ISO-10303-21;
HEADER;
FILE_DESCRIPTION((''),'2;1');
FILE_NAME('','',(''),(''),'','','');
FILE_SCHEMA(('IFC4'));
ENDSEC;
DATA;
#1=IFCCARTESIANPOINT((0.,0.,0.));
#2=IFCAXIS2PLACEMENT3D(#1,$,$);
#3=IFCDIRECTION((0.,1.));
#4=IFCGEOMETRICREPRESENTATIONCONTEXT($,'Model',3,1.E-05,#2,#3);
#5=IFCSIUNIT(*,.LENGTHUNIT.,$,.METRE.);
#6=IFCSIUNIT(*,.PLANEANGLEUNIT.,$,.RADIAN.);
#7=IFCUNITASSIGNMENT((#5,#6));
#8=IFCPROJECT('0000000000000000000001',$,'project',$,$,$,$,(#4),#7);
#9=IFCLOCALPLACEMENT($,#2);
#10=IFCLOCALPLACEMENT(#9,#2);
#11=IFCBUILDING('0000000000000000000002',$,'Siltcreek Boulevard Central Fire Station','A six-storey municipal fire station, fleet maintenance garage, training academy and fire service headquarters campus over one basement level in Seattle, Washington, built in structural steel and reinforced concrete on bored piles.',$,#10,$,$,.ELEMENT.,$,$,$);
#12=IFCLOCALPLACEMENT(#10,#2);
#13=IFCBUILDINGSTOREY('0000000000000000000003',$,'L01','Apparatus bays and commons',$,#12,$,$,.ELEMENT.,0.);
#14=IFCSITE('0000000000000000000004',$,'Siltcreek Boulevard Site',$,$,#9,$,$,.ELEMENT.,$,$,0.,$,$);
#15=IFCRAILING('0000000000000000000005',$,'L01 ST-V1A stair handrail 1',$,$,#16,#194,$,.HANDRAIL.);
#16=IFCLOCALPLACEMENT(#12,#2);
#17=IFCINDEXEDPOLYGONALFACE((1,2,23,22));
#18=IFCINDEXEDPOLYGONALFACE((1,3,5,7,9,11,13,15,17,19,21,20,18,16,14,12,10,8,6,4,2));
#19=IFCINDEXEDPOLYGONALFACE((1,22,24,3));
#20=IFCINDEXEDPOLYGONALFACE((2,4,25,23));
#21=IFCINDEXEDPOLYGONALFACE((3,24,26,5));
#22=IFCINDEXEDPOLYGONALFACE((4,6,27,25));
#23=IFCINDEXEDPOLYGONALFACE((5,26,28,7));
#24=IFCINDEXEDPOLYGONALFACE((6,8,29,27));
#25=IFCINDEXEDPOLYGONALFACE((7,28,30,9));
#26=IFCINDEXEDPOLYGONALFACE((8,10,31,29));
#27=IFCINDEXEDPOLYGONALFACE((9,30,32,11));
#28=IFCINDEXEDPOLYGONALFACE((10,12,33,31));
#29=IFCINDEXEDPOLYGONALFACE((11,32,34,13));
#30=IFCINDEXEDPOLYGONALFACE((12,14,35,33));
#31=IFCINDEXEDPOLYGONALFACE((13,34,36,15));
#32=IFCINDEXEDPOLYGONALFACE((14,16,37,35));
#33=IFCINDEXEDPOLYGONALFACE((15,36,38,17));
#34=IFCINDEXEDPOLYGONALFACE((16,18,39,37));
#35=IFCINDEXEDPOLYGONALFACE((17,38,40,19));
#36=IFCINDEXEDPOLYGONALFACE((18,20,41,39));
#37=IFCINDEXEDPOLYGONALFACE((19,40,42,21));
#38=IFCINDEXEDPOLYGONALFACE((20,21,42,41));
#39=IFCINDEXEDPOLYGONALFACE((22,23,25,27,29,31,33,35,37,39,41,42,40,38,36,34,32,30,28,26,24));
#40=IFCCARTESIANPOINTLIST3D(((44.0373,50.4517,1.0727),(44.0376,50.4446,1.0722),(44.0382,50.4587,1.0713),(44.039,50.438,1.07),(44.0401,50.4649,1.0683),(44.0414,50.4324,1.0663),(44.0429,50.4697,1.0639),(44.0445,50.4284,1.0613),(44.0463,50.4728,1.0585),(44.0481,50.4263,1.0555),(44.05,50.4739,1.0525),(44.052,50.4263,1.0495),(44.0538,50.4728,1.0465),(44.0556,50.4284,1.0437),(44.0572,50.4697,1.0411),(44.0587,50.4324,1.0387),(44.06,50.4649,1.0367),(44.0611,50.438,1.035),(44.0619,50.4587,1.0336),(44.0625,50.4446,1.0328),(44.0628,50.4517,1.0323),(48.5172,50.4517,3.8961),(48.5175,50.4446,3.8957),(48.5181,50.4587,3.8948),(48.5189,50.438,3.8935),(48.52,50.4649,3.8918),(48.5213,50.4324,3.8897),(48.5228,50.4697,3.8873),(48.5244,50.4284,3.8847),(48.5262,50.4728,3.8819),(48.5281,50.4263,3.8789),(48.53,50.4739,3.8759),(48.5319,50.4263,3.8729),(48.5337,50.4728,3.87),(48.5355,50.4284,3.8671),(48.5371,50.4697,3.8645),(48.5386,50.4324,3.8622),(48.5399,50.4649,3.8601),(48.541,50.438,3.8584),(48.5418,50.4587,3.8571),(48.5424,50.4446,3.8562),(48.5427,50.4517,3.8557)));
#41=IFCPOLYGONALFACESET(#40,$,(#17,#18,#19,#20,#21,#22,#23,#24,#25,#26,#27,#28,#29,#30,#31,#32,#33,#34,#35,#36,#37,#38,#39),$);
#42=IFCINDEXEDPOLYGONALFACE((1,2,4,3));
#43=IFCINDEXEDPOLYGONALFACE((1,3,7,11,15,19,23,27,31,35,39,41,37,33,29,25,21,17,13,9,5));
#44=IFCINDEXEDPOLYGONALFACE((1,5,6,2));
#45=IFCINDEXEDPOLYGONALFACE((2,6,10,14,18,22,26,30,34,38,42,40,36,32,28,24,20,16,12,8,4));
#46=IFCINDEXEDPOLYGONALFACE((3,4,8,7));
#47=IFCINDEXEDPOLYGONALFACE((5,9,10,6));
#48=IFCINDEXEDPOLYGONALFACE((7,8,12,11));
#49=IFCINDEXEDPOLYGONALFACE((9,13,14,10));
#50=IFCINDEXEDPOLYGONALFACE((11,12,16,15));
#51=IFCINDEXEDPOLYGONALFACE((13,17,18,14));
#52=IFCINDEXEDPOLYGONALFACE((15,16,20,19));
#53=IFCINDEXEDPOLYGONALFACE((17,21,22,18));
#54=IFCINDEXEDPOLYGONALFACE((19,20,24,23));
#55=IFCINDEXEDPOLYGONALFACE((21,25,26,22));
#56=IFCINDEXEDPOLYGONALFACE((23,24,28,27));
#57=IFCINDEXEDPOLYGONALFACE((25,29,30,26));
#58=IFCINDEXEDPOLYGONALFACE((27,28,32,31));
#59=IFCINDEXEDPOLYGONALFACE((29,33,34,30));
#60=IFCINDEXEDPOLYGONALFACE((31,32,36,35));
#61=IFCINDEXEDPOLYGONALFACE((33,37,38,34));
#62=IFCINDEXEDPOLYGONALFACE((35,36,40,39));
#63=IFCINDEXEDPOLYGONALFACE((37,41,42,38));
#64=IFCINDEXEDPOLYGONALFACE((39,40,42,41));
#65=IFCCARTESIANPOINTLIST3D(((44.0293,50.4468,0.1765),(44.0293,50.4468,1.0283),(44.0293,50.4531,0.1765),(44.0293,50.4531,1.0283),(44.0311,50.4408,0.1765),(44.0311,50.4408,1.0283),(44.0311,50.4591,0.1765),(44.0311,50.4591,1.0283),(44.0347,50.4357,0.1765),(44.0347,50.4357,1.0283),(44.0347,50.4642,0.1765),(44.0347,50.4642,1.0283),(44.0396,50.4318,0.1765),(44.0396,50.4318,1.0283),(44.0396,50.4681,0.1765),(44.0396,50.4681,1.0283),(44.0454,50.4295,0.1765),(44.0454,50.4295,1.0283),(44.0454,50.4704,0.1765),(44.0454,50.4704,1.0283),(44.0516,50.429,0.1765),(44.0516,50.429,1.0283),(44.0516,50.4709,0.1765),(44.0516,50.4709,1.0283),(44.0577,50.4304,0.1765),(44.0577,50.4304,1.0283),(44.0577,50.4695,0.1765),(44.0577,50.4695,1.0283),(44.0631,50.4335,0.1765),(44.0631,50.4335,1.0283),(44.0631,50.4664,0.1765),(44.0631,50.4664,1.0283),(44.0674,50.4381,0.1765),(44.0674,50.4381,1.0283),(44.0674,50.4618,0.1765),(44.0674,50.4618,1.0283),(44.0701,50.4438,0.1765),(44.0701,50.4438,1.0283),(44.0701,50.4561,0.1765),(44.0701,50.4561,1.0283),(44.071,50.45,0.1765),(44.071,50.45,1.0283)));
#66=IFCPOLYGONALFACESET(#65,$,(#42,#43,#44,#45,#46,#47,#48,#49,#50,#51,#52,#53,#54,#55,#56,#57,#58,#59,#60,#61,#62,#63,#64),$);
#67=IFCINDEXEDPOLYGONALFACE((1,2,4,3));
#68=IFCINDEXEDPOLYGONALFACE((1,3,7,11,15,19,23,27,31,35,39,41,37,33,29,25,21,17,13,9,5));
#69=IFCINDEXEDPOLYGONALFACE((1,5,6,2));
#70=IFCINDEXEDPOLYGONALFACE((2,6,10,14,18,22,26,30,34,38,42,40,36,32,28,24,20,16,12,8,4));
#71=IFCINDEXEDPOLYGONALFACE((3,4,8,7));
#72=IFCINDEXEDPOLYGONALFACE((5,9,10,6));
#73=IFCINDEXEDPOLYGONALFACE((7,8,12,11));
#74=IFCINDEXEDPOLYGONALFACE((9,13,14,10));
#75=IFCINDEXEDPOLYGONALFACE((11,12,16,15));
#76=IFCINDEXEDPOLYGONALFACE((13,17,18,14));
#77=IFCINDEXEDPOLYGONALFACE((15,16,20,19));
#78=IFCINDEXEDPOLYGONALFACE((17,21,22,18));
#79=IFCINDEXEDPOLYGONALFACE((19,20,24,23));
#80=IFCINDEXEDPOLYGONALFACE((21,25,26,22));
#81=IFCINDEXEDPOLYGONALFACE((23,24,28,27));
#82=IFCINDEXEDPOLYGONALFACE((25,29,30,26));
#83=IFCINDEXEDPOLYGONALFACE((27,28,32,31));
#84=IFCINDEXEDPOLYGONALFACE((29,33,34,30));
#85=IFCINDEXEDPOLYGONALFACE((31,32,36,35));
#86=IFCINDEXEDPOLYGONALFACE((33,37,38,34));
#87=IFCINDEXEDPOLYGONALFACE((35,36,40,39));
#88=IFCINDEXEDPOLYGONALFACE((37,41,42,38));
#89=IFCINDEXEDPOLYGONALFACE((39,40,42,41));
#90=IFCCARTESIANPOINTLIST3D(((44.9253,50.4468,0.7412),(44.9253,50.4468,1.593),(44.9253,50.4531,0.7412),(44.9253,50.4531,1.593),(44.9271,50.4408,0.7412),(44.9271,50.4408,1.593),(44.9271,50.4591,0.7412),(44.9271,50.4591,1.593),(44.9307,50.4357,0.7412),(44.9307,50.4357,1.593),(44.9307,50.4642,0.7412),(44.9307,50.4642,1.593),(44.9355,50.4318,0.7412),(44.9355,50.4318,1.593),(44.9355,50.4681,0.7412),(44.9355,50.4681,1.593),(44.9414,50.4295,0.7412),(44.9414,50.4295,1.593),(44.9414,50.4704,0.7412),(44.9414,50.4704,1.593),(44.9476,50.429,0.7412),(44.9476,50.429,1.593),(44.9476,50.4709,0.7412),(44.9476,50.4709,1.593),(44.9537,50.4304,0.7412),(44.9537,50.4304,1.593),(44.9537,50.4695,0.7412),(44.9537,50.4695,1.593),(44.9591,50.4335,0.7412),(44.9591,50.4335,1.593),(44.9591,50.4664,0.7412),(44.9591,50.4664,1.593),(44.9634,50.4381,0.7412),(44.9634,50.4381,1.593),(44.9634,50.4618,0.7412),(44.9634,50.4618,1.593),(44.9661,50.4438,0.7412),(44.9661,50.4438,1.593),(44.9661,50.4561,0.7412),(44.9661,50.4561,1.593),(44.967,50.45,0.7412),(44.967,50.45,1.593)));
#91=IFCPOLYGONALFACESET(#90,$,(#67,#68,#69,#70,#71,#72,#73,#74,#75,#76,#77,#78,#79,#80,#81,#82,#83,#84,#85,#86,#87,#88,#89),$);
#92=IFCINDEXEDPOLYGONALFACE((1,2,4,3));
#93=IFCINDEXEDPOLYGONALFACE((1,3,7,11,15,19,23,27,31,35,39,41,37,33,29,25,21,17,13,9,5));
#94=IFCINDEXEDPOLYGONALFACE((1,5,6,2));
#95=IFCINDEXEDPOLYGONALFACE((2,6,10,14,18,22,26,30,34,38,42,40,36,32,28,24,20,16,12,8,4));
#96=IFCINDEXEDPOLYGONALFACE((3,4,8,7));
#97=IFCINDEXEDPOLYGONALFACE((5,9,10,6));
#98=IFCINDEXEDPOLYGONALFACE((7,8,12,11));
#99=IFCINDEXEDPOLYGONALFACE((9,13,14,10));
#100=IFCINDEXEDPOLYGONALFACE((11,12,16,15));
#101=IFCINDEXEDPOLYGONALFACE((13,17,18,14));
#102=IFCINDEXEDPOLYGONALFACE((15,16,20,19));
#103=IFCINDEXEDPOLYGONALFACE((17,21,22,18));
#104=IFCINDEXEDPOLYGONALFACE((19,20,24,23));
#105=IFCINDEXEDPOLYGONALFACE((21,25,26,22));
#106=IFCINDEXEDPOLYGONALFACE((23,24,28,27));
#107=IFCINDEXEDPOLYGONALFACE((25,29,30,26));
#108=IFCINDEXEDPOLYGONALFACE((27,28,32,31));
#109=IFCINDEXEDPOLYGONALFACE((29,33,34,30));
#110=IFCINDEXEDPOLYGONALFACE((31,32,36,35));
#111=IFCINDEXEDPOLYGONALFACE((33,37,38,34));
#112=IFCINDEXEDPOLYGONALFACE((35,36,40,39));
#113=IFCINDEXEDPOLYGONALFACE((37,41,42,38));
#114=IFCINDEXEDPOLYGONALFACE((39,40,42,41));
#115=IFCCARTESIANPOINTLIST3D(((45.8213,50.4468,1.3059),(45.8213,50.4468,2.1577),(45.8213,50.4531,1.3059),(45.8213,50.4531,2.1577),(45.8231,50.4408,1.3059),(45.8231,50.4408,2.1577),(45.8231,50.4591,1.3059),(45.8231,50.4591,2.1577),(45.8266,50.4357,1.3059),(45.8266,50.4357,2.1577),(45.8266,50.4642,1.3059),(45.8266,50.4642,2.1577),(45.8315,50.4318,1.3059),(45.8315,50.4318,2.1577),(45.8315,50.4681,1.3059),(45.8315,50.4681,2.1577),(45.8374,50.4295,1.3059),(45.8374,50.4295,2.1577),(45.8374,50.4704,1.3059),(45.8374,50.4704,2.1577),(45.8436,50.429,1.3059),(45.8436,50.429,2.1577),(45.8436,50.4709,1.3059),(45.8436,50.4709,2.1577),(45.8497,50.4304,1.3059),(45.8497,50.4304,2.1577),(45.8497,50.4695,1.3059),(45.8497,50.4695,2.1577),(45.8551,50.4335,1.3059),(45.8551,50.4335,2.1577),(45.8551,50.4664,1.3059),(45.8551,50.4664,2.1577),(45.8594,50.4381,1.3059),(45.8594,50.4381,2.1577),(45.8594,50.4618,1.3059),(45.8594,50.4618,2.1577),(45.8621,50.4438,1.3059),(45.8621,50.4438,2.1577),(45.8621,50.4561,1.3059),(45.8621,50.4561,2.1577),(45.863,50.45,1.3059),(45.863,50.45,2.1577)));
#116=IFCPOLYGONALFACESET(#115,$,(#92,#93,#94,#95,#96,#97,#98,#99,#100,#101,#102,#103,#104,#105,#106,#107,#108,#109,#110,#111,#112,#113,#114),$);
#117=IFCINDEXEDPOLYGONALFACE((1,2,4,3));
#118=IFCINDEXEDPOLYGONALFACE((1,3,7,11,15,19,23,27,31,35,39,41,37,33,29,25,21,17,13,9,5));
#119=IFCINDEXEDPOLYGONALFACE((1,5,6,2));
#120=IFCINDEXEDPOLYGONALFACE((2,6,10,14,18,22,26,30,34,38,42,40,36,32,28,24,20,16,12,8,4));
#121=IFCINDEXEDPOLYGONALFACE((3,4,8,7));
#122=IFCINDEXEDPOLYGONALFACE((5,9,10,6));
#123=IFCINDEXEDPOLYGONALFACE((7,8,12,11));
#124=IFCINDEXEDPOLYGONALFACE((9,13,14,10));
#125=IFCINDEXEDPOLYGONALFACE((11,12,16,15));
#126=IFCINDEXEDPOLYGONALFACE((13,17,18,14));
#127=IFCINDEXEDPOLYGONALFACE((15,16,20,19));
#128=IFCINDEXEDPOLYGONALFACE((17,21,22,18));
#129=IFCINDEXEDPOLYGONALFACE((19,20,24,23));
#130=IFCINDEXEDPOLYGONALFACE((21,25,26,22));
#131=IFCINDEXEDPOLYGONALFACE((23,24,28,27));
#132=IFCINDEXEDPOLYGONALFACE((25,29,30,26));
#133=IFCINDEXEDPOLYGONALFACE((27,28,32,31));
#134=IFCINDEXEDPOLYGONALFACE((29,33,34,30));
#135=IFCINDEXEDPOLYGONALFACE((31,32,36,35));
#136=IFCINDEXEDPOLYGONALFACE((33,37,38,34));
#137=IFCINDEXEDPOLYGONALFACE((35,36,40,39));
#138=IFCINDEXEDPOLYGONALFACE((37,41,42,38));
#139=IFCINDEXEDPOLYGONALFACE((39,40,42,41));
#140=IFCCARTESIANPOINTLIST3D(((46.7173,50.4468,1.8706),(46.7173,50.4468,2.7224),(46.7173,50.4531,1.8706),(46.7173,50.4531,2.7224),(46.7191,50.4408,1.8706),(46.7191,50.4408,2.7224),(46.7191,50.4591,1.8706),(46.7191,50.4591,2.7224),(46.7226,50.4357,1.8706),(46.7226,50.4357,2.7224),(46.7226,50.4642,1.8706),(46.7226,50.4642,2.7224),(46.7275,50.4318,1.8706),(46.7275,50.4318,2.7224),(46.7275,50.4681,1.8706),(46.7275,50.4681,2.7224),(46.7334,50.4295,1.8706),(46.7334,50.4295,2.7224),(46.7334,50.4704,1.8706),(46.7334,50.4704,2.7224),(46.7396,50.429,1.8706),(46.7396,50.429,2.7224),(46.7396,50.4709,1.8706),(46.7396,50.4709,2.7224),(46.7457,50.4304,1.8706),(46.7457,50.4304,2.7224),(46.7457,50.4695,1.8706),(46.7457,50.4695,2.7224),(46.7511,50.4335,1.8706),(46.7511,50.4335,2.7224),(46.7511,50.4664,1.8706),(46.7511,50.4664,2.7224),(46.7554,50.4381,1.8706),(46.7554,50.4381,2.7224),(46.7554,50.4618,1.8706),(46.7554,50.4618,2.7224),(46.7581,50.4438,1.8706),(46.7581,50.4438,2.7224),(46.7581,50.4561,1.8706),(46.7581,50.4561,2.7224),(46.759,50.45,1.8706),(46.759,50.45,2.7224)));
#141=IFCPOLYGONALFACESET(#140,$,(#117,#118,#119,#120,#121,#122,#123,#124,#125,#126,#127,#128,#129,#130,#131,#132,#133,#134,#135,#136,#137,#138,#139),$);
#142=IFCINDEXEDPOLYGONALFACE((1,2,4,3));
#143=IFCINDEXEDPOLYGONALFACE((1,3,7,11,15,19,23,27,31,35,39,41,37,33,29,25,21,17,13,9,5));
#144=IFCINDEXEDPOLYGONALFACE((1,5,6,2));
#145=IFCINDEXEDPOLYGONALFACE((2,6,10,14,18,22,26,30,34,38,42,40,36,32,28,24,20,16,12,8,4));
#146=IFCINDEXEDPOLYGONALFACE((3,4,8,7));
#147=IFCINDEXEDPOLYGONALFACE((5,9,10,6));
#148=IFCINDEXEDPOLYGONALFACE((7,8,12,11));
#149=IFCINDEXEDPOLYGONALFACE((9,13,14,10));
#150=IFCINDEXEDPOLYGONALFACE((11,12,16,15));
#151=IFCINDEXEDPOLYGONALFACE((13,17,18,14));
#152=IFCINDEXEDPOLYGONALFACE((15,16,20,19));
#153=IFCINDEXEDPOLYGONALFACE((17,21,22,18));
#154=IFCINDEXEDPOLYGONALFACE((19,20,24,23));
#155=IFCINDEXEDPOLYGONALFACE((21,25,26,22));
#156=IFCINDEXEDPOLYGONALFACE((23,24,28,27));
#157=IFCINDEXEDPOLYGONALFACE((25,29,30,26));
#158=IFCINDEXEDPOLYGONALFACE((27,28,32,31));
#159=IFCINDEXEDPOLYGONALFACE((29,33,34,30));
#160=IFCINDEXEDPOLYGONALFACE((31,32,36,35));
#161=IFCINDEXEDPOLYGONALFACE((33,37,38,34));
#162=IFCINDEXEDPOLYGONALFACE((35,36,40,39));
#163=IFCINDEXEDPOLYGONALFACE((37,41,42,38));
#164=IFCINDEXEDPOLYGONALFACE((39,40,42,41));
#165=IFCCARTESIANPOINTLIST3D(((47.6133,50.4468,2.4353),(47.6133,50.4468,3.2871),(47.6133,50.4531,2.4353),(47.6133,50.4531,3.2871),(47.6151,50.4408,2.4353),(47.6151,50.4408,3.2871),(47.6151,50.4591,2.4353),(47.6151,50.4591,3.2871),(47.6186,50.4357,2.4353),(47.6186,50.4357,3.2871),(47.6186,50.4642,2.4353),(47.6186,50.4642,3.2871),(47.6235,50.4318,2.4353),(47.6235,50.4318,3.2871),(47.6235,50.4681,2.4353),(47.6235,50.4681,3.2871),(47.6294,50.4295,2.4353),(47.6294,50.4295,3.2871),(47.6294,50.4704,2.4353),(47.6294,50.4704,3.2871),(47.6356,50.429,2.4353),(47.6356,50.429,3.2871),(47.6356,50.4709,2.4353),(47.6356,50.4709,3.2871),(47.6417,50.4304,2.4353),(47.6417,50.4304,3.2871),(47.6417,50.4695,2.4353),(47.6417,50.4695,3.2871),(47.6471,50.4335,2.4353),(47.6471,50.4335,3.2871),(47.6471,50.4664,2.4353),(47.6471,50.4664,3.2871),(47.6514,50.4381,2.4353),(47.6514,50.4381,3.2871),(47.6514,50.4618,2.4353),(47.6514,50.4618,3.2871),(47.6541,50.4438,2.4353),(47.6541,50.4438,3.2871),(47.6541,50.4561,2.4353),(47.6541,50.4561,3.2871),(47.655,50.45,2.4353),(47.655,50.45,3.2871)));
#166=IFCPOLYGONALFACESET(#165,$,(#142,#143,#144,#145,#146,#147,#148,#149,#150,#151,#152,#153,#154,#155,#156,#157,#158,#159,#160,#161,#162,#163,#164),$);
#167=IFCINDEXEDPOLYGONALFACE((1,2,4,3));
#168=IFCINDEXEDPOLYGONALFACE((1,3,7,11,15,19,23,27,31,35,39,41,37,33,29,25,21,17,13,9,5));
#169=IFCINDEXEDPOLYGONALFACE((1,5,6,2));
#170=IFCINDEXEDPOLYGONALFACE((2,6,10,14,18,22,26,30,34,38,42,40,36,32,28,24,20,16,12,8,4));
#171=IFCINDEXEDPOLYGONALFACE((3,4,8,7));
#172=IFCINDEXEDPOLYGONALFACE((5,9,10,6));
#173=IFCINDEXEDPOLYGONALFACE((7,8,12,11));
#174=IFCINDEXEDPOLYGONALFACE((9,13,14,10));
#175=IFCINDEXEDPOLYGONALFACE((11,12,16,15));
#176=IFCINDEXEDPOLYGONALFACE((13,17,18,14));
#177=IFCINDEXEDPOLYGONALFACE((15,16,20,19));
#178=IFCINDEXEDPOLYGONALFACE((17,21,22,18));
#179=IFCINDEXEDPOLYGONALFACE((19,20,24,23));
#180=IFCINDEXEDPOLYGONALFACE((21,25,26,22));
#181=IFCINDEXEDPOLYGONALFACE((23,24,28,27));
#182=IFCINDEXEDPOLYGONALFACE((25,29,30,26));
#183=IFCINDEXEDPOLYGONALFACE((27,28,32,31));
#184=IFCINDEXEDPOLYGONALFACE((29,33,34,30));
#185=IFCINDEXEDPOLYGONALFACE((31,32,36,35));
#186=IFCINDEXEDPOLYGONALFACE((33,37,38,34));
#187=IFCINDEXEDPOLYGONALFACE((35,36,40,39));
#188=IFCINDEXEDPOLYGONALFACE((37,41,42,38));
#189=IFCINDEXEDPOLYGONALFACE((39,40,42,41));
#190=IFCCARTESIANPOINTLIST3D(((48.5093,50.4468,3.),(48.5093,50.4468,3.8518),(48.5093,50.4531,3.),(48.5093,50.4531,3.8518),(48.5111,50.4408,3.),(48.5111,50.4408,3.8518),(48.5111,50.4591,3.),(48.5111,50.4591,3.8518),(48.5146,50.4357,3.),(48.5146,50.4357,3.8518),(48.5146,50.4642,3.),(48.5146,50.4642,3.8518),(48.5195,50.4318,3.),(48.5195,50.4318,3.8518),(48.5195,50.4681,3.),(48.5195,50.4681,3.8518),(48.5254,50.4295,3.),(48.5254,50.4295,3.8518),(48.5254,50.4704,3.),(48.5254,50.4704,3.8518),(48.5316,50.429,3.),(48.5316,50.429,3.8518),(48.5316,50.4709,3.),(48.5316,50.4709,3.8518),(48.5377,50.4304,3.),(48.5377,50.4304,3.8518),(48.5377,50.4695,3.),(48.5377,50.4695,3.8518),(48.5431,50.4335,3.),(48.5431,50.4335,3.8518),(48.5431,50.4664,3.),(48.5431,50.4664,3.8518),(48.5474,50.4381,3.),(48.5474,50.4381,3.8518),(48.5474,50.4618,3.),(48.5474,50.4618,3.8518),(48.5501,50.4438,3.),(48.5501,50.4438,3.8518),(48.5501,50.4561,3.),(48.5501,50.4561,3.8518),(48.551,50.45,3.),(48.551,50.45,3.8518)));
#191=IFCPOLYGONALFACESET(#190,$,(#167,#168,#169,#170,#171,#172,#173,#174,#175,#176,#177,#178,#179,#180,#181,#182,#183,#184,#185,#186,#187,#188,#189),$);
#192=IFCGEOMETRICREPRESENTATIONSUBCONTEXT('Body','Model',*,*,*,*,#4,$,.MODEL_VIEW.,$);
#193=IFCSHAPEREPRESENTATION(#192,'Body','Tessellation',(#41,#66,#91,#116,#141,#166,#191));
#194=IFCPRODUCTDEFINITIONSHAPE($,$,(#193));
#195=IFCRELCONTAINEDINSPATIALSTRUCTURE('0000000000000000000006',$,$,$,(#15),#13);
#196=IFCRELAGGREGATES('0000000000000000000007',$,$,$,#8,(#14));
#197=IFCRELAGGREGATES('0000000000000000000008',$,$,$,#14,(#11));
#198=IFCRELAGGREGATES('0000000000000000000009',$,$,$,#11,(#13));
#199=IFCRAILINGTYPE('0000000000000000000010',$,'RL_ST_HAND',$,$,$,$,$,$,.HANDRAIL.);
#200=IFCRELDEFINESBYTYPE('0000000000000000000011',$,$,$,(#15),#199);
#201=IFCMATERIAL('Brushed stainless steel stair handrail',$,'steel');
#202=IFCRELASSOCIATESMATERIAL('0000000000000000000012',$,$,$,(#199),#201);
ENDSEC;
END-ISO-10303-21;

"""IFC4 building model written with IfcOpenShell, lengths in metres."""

from ifc_helpers import new_model, si_unit, direction, frame, origin, origin_2d, place, context, subcontext, project, spatial, circle, extrude, material, type_object, element, save


model = new_model("IFC4")

# Units and contexts
model_context = context("Model", 3, precision=1e-05, world=origin(), true_north=direction((0.0, 1.0)))
body_context = subcontext(model_context, "Body", "Model", "MODEL_VIEW")
ifc_project = project(units=[si_unit("LENGTHUNIT", "METRE"), si_unit("PLANEANGLEUNIT", "RADIAN")], contexts=[model_context])

# Site, building, storey
site_placement = place(None, origin())
site = spatial("IfcSite", under=ifc_project, at=site_placement, Name="Siltcreek Boulevard Site", CompositionType="ELEMENT", RefElevation=0.0)
building_placement = place(site_placement, origin())
building = spatial("IfcBuilding", under=site, at=building_placement, Name="Siltcreek Boulevard Central Fire Station", Description="A six-storey municipal fire station, fleet maintenance garage, training academy and fire service headquarters campus over one basement level in Seattle, Washington, built in structural steel and reinforced concrete on bored piles.", CompositionType="ELEMENT")
storey_placement = place(building_placement, origin())
storey = spatial("IfcBuildingStorey", under=building, at=storey_placement, Name="L01", Description="Apparatus bays and commons", CompositionType="ELEMENT", Elevation=0.0)

# Railing
ifc_material_1 = material(Name="Brushed stainless steel stair handrail", Category="steel")
railing_type = type_object("IfcRailingType", Name="RL_ST_HAND", PredefinedType="HANDRAIL", material=ifc_material_1)
railing_placement = place(storey_placement, frame((44.05, 50.45, 0.1765)))
element("IfcRailing", 1, at=railing_placement, inside=storey, type_object=railing_type, Name="L01 ST-V1A stair handrail 1", PredefinedType="HANDRAIL", context=body_context, shape_type="SweptSolid", body=[
    extrude(circle(Radius=0.0239, at=origin_2d()), frame((0.0, 0.0, 0.876), z_axis=(0.845998, 0.0, 0.533186), x_axis=(0.0, 1.0, 0.0)), (0.0, 0.0, 1.0), 5.2954),
    extrude(circle(Radius=0.021, at=origin_2d()), origin(), (0.0, 0.0, 1.0), 0.8518),
    extrude(circle(Radius=0.021, at=origin_2d()), frame((0.896, 0.0, 0.5647)), (0.0, 0.0, 1.0), 0.8518),
    extrude(circle(Radius=0.021, at=origin_2d()), frame((1.792, 0.0, 1.1294)), (0.0, 0.0, 1.0), 0.8518),
    extrude(circle(Radius=0.021, at=origin_2d()), frame((2.688, 0.0, 1.6941)), (0.0, 0.0, 1.0), 0.8518),
    extrude(circle(Radius=0.021, at=origin_2d()), frame((3.584, 0.0, 2.2588)), (0.0, 0.0, 1.0), 0.8518),
    extrude(circle(Radius=0.021, at=origin_2d()), frame((4.48, 0.0, 2.8235)), (0.0, 0.0, 1.0), 0.8518),
])

save(model, "model.ifc")
